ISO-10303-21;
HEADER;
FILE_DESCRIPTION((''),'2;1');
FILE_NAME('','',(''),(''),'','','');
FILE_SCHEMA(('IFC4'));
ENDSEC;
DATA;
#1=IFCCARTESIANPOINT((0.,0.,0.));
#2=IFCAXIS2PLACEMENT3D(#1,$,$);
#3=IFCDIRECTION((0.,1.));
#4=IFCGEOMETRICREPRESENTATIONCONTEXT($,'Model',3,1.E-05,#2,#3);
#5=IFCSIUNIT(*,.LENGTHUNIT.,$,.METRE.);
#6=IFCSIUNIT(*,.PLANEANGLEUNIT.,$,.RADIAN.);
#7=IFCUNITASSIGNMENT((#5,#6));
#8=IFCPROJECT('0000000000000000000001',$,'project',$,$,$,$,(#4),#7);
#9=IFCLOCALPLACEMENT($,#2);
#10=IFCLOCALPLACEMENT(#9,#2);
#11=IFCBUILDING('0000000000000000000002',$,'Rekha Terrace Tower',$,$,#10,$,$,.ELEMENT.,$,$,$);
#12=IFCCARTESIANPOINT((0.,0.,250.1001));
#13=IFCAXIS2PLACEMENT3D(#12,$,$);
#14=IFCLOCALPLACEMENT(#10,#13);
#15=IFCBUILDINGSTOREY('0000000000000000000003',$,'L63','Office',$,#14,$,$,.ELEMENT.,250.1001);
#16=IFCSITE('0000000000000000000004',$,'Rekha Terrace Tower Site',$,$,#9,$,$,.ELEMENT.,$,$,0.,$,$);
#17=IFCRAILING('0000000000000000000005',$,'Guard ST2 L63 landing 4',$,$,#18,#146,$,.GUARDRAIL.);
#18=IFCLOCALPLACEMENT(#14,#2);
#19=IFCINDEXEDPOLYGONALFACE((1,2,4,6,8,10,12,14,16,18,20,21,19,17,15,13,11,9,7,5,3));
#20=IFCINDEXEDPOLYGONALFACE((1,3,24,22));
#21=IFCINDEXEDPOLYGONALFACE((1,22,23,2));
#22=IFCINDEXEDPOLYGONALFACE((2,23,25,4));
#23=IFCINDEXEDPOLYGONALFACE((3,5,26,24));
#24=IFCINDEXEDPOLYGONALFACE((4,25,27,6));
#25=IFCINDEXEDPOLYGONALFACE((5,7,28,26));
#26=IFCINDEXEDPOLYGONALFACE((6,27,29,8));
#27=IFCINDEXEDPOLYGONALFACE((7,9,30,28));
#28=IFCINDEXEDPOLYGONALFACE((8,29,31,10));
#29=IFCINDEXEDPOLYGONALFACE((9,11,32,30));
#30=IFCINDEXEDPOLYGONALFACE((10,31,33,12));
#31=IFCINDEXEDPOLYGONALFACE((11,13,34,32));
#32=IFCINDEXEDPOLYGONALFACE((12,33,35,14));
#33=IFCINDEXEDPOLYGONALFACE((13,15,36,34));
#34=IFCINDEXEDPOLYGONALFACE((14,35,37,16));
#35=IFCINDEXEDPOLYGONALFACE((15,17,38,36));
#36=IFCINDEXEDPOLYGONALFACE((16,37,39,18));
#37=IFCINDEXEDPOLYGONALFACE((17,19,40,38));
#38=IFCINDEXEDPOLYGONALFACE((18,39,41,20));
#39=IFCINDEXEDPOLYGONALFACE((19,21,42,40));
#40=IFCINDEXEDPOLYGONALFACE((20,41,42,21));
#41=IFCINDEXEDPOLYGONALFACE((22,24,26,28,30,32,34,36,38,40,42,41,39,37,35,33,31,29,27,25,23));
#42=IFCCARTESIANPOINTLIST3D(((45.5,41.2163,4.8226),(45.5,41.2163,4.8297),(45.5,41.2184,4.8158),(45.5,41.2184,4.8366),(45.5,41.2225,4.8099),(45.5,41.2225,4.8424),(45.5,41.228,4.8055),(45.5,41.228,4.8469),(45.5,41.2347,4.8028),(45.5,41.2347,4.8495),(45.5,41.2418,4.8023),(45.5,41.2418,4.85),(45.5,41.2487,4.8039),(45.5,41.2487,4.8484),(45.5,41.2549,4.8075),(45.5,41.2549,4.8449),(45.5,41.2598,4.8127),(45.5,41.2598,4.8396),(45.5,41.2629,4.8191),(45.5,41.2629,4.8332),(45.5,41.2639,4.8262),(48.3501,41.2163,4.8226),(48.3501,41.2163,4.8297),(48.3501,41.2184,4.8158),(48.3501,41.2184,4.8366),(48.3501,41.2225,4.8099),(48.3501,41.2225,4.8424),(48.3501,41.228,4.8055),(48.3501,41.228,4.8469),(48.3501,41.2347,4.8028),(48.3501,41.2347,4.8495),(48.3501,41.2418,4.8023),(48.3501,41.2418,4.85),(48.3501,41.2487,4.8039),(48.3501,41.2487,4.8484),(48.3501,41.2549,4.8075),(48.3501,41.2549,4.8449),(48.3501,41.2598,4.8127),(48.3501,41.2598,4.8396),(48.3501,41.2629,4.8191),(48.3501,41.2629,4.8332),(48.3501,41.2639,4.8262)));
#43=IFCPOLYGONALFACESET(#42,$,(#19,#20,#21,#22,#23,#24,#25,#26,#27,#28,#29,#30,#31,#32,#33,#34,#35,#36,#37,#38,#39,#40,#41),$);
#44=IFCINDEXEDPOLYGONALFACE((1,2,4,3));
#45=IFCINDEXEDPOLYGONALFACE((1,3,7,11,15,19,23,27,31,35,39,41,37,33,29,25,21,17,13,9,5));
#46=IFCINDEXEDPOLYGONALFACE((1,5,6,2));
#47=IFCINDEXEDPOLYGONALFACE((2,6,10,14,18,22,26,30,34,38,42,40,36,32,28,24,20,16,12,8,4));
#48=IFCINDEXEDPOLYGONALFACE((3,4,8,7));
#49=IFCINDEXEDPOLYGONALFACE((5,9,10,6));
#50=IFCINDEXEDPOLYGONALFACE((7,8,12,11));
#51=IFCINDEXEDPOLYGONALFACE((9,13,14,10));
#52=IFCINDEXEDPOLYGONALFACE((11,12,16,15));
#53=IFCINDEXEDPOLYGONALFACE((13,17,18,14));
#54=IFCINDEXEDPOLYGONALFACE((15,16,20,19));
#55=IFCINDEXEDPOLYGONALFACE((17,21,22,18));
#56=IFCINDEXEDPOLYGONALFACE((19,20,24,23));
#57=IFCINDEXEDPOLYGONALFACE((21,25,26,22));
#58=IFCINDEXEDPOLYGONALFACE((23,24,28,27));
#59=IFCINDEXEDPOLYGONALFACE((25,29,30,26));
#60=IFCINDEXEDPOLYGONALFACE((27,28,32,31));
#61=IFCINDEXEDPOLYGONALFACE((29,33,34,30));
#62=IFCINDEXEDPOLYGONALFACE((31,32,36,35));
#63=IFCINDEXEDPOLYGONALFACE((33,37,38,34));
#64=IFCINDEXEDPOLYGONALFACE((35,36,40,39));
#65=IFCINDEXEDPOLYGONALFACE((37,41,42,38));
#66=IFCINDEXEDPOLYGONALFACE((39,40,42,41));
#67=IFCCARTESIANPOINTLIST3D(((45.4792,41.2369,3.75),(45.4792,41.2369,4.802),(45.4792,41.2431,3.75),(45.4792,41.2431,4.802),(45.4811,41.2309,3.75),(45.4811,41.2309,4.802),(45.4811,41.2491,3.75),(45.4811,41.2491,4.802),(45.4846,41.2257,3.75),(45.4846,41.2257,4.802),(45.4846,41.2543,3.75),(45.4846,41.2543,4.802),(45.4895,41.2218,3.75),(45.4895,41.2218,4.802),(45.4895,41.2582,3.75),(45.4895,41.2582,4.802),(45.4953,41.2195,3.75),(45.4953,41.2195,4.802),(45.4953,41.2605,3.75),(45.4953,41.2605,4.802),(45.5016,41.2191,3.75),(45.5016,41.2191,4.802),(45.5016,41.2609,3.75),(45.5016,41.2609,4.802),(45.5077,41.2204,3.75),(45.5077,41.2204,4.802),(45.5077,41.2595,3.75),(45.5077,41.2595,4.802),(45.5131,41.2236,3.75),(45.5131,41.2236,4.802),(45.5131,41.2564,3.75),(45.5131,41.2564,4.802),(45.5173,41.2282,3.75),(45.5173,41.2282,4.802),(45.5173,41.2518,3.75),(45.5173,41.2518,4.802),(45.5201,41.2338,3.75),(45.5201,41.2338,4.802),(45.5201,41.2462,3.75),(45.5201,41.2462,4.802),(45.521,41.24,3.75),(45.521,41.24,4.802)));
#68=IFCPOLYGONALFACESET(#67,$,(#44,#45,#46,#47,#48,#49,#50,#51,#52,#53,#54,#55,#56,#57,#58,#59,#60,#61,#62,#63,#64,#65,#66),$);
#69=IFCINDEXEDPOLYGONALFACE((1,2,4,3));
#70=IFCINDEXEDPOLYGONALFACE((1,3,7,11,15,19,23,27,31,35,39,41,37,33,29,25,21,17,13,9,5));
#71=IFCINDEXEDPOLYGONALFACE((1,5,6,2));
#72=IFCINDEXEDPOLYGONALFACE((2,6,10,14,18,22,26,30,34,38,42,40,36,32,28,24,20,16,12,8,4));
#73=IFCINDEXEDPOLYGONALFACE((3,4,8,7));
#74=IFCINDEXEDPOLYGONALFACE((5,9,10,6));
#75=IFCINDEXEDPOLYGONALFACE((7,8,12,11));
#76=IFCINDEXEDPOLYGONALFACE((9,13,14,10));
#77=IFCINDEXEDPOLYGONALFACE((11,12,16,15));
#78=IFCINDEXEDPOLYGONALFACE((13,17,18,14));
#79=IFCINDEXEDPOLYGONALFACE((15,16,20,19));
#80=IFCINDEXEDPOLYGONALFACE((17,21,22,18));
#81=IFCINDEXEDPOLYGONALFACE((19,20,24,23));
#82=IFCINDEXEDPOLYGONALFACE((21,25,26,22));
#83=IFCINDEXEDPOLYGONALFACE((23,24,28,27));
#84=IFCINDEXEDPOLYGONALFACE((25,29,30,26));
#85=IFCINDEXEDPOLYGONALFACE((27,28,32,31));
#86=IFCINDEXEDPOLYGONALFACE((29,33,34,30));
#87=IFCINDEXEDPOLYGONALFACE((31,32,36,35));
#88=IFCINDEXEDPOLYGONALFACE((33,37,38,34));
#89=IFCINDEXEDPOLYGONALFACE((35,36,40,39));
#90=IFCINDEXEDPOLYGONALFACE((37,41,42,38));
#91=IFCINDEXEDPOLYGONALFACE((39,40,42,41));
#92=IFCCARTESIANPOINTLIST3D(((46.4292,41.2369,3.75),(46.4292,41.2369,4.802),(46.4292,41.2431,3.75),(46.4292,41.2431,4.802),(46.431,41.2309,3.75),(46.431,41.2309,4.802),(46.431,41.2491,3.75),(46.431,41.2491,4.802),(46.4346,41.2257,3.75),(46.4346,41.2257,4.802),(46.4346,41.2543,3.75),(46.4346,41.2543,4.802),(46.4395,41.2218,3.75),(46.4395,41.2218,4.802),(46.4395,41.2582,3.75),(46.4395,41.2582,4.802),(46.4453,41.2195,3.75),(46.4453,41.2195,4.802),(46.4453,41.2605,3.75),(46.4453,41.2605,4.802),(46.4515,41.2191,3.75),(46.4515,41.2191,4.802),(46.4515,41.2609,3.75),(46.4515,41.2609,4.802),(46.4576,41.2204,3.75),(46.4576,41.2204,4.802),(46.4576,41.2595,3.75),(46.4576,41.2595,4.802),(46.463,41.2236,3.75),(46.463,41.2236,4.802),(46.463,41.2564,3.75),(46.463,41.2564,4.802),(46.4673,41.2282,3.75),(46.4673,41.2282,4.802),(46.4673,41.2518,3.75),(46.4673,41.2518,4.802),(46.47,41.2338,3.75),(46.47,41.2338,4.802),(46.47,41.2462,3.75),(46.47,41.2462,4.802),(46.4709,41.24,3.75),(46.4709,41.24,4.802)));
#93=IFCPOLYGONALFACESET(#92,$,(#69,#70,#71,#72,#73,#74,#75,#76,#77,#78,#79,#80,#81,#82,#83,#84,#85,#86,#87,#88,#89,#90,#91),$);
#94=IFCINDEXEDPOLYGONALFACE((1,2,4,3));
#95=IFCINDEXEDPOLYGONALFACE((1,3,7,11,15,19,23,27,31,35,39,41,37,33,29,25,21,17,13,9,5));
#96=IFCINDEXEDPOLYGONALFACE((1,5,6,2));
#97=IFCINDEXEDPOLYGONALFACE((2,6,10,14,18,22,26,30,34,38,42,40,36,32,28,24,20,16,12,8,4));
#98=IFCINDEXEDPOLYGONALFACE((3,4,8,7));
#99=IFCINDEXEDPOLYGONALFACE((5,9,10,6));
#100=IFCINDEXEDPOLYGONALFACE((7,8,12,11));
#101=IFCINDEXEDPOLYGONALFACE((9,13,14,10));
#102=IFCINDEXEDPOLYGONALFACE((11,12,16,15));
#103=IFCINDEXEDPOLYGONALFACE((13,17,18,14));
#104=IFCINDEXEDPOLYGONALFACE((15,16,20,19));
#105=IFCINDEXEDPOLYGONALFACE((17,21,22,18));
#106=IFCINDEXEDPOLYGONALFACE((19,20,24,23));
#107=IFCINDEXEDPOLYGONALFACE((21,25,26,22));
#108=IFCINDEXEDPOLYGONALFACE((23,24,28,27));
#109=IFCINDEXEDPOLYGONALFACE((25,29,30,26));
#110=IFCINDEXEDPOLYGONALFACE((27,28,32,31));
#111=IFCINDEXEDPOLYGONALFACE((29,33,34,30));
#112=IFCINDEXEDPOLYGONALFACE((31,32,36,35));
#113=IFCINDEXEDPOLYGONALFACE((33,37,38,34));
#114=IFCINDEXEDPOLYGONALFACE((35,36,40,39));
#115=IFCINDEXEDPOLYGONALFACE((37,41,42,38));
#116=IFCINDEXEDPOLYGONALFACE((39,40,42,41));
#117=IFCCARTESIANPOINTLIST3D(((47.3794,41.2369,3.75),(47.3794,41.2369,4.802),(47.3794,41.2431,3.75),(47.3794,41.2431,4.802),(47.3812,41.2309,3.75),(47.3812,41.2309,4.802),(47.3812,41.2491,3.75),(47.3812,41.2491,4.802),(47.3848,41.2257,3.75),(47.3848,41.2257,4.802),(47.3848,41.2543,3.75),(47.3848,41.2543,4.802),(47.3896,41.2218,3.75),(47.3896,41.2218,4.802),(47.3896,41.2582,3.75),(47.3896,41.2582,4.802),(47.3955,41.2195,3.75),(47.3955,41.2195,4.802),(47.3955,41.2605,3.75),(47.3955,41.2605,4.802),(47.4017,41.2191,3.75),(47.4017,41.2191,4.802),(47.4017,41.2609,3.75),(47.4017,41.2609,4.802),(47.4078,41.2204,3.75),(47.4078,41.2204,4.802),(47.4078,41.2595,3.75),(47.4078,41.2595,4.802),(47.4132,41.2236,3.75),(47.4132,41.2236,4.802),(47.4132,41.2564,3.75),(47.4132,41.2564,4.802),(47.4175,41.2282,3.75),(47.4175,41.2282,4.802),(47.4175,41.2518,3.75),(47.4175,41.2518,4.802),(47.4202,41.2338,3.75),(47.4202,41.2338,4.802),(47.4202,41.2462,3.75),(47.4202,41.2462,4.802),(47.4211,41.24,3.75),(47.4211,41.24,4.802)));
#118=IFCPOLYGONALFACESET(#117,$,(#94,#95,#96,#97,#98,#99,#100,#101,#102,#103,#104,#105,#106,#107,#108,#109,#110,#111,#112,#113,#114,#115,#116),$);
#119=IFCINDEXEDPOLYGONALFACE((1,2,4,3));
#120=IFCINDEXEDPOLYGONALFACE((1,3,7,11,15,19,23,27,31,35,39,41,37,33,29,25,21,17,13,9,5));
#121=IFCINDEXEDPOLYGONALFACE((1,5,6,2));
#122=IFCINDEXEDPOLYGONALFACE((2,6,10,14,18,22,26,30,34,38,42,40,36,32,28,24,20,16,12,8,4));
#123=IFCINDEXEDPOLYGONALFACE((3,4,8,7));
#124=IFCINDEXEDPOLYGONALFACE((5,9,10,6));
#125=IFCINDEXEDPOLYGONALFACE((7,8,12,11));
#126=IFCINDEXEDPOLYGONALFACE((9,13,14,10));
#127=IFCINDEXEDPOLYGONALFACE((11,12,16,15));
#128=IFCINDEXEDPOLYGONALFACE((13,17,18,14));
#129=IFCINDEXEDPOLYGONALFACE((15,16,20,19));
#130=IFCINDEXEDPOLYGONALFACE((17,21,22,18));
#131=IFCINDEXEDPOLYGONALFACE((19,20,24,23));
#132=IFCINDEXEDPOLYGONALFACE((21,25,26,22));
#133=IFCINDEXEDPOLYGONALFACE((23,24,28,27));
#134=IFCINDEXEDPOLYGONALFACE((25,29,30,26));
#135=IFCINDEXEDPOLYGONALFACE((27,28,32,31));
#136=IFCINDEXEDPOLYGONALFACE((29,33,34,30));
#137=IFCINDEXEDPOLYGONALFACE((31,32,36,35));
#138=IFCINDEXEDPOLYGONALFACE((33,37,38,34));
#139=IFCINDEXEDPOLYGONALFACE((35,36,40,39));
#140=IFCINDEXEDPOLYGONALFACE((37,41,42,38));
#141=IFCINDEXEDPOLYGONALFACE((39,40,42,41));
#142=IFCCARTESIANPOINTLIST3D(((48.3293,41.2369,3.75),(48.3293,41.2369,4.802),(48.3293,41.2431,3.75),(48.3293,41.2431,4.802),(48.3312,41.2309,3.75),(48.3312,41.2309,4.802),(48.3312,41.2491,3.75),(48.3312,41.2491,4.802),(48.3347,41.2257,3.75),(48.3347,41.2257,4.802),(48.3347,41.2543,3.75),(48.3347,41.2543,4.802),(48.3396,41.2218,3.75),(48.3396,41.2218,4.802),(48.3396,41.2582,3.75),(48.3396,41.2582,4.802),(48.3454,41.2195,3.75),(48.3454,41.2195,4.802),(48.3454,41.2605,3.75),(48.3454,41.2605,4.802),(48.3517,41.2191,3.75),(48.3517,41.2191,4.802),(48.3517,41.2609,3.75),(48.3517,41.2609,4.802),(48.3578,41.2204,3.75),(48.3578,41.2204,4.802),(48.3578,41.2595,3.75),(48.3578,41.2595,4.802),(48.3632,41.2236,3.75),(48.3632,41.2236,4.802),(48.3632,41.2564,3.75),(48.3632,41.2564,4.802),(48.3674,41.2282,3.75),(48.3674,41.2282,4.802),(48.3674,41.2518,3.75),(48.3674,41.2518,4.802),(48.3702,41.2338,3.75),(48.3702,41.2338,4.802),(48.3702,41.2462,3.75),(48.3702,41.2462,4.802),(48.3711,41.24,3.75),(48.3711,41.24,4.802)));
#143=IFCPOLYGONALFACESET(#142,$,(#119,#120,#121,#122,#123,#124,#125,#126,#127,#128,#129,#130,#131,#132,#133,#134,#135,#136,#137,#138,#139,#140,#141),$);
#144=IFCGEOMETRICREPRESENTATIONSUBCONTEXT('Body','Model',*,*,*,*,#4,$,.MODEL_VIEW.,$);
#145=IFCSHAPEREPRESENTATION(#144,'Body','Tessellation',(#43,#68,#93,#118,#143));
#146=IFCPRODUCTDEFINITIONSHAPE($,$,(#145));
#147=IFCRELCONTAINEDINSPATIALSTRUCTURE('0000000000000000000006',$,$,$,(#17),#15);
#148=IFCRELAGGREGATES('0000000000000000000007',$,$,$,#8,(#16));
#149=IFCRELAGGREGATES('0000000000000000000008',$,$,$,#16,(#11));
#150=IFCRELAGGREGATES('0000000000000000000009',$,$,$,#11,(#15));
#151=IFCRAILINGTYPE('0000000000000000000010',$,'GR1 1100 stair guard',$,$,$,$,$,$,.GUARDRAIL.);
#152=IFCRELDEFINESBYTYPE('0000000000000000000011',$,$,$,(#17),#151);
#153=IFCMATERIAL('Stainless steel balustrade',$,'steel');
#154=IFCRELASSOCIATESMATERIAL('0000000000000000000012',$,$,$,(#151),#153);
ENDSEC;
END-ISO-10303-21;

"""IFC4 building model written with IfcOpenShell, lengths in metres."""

from ifc_helpers import new_model, si_unit, direction, frame, origin, origin_2d, place, context, subcontext, project, spatial, circle, extrude, material, type_object, element, save


model = new_model("IFC4")

# Units and contexts
model_context = context("Model", 3, precision=1e-05, world=origin(), true_north=direction((0.0, 1.0)))
body_context = subcontext(model_context, "Body", "Model", "MODEL_VIEW")
ifc_project = project(units=[si_unit("LENGTHUNIT", "METRE"), si_unit("PLANEANGLEUNIT", "RADIAN")], contexts=[model_context])

# Site, building, storey
site_placement = place(None, origin())
site = spatial("IfcSite", under=ifc_project, at=site_placement, Name="Rekha Terrace Tower Site", CompositionType="ELEMENT", RefElevation=0.0)
building_placement = place(site_placement, origin())
building = spatial("IfcBuilding", under=site, at=building_placement, Name="Rekha Terrace Tower", CompositionType="ELEMENT")
storey_placement = place(building_placement, frame((0.0, 0.0, 250.1001)))
storey = spatial("IfcBuildingStorey", under=building, at=storey_placement, Name="L63", Description="Office", CompositionType="ELEMENT", Elevation=250.1001)

# Railing
ifc_material_1 = material(Name="Stainless steel balustrade", Category="steel")
railing_type_1 = type_object("IfcRailingType", Name="GR1 1100 stair guard", PredefinedType="GUARDRAIL", material=ifc_material_1)
railing_1_placement = place(storey_placement, frame((45.5, 41.24, 3.75)))
element("IfcRailing", 1, at=railing_1_placement, inside=storey, type_object=railing_type_1, Name="Guard ST2 L63 landing 4", PredefinedType="GUARDRAIL", context=body_context, shape_type="SweptSolid", body=[
    extrude(circle(Radius=0.0239, at=origin_2d()), frame((0.0, 0.0, 1.0762), z_axis=(1.0, 0.0, 0.0), x_axis=(0.0, 1.0, 0.0)), (0.0, 0.0, 1.0), 2.8501),
    extrude(circle(Radius=0.021, at=origin_2d()), origin(), (0.0, 0.0, 1.0), 1.052),
    extrude(circle(Radius=0.021, at=origin_2d()), frame((0.95, 0.0, 0.0)), (0.0, 0.0, 1.0), 1.052),
    extrude(circle(Radius=0.021, at=origin_2d()), frame((1.9001, 0.0, 0.0)), (0.0, 0.0, 1.0), 1.052),
    extrude(circle(Radius=0.021, at=origin_2d()), frame((2.8501, 0.0, 0.0)), (0.0, 0.0, 1.0), 1.052),
])

save(model, "model.ifc")
